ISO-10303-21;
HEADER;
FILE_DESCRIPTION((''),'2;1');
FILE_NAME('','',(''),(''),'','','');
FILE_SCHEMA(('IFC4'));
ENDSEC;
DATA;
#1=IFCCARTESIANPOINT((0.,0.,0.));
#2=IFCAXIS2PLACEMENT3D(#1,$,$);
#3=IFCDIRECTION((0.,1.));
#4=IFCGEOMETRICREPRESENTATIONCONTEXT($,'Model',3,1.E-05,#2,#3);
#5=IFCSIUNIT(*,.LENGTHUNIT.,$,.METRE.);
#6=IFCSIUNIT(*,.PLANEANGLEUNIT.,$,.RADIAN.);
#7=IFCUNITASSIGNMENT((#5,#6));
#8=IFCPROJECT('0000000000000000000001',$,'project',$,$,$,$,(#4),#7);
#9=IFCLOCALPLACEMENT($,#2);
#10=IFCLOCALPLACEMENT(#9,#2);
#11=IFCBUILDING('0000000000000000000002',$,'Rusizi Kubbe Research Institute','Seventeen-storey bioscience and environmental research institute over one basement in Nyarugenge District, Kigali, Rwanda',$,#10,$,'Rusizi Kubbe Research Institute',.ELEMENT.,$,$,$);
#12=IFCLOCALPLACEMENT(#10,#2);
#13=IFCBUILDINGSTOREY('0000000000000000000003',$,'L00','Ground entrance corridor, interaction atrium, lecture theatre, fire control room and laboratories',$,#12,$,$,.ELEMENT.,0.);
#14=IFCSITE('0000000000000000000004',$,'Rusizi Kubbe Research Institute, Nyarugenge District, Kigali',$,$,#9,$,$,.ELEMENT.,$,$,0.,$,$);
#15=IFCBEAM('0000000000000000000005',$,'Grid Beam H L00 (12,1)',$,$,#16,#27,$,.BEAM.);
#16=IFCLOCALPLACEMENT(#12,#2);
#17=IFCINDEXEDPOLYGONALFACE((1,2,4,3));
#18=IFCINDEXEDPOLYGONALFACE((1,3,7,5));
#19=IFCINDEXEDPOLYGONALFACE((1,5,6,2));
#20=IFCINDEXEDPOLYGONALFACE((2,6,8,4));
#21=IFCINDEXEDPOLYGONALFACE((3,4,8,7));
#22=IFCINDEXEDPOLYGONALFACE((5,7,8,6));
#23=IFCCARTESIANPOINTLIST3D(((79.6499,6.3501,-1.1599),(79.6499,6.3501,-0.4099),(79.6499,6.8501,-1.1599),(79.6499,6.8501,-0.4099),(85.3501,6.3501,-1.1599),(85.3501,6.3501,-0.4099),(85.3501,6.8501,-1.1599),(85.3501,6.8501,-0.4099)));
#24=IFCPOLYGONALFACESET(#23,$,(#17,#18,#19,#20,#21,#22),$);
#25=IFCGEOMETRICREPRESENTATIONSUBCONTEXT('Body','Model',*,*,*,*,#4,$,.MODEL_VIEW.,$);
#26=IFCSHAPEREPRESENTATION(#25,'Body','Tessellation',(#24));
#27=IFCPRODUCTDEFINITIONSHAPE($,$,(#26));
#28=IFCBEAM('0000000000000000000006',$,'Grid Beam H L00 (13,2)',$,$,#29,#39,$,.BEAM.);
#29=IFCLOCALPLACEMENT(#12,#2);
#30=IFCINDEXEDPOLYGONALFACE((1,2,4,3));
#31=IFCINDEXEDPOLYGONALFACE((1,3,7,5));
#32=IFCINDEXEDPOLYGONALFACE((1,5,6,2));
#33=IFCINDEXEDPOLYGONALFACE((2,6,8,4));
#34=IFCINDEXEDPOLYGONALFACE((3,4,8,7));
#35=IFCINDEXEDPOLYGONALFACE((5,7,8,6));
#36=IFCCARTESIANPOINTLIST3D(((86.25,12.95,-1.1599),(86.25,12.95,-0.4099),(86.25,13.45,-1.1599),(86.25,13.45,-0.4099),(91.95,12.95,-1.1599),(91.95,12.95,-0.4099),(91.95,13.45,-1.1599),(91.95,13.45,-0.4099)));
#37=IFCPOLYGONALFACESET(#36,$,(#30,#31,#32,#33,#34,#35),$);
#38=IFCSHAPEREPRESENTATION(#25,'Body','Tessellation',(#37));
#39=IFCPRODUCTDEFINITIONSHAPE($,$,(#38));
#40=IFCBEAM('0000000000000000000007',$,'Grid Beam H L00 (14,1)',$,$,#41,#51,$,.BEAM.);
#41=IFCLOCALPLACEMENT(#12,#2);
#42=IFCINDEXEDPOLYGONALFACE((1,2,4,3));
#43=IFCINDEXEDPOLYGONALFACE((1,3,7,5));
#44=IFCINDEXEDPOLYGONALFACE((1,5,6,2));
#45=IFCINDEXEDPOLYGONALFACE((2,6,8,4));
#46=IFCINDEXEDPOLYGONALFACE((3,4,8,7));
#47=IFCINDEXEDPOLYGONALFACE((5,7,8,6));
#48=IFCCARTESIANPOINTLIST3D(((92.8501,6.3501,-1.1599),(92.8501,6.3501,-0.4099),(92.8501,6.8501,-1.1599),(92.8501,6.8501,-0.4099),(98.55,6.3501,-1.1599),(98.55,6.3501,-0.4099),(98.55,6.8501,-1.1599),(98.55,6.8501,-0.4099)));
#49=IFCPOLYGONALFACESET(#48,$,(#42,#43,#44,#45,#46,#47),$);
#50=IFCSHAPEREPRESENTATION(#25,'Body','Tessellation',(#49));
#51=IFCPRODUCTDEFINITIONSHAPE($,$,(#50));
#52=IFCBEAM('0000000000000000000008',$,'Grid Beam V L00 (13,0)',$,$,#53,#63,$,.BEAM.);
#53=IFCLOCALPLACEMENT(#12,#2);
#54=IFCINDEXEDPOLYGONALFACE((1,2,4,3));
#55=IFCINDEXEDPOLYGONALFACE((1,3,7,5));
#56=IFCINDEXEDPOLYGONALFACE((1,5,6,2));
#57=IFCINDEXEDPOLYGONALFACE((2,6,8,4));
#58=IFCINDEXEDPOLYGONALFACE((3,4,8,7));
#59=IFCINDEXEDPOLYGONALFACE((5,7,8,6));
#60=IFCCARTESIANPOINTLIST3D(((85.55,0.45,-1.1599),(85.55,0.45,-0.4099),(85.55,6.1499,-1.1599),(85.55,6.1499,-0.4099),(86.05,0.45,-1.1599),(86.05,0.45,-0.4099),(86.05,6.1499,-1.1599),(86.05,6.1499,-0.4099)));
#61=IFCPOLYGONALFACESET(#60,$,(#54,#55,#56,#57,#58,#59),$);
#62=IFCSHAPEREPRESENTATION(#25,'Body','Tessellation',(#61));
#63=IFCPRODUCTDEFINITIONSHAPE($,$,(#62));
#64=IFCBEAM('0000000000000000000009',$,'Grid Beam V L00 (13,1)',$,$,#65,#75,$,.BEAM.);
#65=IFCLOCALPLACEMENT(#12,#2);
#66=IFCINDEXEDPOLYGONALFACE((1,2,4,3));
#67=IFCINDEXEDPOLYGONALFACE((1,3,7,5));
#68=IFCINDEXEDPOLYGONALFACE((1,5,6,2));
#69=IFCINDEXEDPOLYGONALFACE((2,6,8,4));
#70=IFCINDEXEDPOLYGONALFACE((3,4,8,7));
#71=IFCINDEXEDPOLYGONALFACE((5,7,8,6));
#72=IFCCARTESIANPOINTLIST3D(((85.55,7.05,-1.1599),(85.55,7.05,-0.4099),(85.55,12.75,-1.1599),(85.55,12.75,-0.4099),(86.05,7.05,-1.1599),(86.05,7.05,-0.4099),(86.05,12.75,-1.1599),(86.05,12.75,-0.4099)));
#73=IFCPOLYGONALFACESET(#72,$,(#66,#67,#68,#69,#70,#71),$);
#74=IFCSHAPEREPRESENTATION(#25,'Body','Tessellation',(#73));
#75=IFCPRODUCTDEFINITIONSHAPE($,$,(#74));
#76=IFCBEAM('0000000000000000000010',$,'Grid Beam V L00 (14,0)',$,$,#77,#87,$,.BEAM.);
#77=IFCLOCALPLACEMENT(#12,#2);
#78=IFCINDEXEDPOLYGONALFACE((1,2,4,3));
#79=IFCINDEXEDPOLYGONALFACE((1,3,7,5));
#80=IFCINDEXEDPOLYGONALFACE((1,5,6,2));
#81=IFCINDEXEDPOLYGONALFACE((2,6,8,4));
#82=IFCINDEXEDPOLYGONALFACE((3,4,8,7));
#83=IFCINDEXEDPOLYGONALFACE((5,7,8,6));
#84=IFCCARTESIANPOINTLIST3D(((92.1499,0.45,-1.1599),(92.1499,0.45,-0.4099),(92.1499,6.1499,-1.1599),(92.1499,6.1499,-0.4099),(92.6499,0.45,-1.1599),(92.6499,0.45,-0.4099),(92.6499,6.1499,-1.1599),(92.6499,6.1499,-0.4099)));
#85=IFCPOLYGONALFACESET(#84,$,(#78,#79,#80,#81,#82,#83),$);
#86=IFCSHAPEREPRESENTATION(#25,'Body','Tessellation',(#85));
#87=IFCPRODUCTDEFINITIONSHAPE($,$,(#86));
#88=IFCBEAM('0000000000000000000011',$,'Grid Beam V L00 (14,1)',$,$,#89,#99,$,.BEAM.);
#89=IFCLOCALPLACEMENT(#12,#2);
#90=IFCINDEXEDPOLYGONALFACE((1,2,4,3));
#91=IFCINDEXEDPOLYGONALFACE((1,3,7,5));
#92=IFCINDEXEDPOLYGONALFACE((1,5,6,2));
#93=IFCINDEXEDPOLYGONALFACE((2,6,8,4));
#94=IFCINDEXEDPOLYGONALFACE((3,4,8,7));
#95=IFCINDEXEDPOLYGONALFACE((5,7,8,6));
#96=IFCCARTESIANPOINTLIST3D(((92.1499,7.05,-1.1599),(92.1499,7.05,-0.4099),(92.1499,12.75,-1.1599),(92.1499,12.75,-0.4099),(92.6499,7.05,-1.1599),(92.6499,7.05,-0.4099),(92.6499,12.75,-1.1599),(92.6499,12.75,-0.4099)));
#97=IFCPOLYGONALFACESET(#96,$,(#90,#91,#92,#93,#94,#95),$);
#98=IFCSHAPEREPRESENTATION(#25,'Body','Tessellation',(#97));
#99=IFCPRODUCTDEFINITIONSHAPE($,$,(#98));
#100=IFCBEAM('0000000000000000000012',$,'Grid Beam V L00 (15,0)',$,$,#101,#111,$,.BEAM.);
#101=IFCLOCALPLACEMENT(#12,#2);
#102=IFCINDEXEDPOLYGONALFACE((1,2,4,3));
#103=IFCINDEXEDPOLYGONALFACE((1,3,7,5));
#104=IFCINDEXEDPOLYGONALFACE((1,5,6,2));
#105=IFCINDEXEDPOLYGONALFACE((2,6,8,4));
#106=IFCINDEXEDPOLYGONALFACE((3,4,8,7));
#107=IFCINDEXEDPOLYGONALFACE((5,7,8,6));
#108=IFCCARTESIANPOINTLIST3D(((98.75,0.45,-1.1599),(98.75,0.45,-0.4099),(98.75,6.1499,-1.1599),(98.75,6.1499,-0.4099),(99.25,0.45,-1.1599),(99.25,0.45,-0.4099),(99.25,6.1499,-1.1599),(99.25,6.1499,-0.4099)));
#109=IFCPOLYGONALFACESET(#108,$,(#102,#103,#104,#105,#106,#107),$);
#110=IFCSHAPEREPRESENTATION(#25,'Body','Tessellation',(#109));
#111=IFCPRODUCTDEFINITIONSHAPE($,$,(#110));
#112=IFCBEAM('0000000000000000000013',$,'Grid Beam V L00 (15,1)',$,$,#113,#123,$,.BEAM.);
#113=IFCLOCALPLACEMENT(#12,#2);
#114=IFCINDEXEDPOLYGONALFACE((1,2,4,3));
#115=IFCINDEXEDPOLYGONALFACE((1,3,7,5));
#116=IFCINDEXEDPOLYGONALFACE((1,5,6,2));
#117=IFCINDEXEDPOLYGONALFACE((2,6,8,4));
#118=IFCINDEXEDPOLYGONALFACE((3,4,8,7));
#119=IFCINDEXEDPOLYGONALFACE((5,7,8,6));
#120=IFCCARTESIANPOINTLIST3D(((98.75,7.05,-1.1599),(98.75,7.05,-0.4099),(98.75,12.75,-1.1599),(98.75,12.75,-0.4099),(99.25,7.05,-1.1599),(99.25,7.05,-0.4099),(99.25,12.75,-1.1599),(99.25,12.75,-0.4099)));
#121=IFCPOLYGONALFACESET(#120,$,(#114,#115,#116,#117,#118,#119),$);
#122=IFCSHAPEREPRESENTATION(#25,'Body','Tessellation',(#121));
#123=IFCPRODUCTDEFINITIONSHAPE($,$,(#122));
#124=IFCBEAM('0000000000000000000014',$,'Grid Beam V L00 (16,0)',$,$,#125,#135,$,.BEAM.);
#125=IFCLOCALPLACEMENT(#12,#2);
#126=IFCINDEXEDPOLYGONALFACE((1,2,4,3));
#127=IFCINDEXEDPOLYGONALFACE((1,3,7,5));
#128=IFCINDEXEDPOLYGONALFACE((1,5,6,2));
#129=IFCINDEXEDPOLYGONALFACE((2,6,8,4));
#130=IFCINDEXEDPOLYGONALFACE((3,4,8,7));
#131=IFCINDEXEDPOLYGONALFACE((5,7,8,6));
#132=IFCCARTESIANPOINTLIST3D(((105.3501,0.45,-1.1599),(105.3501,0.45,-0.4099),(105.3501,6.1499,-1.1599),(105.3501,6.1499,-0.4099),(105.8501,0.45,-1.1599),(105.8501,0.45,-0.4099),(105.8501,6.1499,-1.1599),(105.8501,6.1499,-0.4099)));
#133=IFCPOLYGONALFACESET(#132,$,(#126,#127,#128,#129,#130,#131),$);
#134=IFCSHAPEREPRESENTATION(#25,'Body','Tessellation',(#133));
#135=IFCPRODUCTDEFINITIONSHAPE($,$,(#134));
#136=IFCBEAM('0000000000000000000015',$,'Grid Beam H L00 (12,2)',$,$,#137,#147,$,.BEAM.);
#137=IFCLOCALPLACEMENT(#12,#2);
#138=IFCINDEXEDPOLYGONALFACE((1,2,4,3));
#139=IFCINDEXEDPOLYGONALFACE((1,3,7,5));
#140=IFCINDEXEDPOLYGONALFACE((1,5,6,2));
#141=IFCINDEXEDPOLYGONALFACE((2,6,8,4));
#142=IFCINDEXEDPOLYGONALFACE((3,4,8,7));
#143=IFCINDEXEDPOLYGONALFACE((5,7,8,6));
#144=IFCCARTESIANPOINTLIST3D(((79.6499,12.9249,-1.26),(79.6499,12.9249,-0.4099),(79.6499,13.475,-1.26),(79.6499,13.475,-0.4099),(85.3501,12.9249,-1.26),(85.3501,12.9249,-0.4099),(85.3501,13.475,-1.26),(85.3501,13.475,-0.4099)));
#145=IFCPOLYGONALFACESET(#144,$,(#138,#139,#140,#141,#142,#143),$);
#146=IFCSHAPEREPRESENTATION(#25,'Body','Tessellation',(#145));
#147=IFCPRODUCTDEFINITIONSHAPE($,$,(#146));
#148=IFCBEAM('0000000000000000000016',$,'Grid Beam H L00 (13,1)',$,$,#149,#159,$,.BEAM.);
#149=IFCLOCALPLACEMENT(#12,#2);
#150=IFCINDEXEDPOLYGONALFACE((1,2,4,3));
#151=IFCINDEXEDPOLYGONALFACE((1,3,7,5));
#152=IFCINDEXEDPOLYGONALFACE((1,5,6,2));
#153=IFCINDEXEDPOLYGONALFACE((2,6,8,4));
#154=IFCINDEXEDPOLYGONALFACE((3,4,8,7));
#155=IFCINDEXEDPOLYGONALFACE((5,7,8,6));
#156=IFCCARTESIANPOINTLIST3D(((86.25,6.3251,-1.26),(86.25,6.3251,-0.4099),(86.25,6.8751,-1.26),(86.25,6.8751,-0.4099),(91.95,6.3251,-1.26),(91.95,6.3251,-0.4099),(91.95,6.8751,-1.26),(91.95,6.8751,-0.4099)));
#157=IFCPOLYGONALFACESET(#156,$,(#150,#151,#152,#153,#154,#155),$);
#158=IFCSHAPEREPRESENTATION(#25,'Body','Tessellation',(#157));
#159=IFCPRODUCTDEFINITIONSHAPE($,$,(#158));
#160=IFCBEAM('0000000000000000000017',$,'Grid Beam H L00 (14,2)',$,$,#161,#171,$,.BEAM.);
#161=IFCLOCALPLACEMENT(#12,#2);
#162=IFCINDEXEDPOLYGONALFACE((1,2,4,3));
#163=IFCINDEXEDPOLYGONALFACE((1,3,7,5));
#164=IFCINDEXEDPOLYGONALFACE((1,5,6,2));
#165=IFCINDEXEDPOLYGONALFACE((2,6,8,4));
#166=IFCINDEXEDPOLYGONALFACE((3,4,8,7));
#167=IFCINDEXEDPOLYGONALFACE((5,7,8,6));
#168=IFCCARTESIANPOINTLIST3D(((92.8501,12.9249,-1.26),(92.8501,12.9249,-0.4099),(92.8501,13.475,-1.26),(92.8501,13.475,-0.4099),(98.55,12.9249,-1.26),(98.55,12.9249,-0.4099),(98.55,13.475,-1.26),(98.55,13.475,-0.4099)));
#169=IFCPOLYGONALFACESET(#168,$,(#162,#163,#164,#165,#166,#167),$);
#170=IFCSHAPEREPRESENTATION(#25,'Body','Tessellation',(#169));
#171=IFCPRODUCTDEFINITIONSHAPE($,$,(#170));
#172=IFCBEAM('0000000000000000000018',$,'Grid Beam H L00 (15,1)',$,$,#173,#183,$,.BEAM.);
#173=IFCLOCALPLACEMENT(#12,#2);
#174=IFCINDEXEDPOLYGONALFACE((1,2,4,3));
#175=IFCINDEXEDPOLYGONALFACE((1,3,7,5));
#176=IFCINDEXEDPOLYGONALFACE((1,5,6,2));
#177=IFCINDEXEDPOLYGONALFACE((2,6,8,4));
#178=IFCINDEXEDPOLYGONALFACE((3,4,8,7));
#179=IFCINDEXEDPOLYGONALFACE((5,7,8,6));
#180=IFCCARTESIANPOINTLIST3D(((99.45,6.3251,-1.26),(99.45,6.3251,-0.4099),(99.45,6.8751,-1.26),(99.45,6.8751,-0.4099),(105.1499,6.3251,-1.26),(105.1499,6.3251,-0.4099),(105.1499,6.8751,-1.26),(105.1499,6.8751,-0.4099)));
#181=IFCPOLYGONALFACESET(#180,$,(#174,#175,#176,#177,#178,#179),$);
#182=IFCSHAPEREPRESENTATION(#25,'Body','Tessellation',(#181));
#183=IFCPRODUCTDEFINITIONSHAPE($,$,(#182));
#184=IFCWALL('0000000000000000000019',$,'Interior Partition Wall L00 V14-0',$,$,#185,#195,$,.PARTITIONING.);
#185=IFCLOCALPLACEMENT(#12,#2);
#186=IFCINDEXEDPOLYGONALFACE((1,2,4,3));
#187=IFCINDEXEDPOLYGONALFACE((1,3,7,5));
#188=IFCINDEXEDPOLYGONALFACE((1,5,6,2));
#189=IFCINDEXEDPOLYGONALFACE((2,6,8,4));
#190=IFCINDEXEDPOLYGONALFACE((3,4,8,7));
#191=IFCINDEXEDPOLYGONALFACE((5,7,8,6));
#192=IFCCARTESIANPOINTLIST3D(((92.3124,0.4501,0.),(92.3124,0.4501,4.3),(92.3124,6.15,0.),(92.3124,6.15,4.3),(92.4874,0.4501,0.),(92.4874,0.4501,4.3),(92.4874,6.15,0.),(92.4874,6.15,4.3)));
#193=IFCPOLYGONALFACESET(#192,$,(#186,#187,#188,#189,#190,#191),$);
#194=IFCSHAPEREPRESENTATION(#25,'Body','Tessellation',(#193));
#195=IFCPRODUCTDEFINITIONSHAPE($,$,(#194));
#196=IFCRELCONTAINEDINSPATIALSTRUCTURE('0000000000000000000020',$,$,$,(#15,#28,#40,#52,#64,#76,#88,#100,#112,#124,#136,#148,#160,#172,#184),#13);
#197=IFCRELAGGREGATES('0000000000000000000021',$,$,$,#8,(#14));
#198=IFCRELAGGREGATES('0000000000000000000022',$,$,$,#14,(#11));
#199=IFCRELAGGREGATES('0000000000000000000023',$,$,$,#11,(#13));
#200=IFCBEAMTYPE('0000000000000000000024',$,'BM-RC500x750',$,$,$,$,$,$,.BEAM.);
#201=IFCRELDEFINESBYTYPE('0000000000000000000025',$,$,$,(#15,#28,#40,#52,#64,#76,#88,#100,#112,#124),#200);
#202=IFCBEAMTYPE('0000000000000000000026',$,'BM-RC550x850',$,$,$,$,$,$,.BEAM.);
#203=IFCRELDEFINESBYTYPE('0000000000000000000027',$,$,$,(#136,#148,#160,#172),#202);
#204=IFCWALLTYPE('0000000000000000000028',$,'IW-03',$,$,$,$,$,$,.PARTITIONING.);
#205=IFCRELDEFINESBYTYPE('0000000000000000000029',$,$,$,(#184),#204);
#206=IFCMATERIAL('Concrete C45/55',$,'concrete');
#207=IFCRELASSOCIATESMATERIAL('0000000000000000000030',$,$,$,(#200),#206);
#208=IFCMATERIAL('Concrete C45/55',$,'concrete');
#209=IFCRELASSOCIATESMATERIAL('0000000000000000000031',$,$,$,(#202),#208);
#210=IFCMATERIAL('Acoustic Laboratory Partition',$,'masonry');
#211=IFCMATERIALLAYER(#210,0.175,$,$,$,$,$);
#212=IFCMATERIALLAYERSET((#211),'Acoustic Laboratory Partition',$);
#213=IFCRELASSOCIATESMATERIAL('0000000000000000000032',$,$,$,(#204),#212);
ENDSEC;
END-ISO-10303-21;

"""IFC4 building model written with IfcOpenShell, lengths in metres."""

from ifc_helpers import new_model, si_unit, direction, frame, frame_2d, origin, origin_2d, place, context, subcontext, project, spatial, rectangle, extrude, material, layer, layer_set, material_profile, profile_set, type_object, element, save


model = new_model("IFC4")

# Units and contexts
model_context = context("Model", 3, precision=1e-05, world=origin(), true_north=direction((0.0, 1.0)))
body_context = subcontext(model_context, "Body", "Model", "MODEL_VIEW")
ifc_project = project(units=[si_unit("LENGTHUNIT", "METRE"), si_unit("PLANEANGLEUNIT", "RADIAN")], contexts=[model_context])

# Site, building, storey
site_placement = place(None, origin())
site = spatial("IfcSite", under=ifc_project, at=site_placement, Name="Rusizi Kubbe Research Institute, Nyarugenge District, Kigali", CompositionType="ELEMENT", RefElevation=0.0)
building_placement = place(site_placement, origin())
building = spatial("IfcBuilding", under=site, at=building_placement, Name="Rusizi Kubbe Research Institute", Description="Seventeen-storey bioscience and environmental research institute over one basement in Nyarugenge District, Kigali, Rwanda", LongName="Rusizi Kubbe Research Institute", CompositionType="ELEMENT")
storey_placement = place(building_placement, origin())
storey = spatial("IfcBuildingStorey", under=building, at=storey_placement, Name="L00", Description="Ground entrance corridor, interaction atrium, lecture theatre, fire control room and laboratories", CompositionType="ELEMENT", Elevation=0.0)

# Beams
ifc_material_1 = material(Name="Concrete C45/55", Category="concrete")
ifc_material_profile_1 = material_profile(ifc_material_1, rectangle(XDim=0.5, YDim=0.75, at=origin_2d()), Name="RC500x750B")
ifc_profile_set_1 = profile_set([ifc_material_profile_1], Name="Concrete C45/55")
beam_type_1 = type_object("IfcBeamType", Name="BM-RC500x750", PredefinedType="BEAM", material=ifc_profile_set_1)
beam_1_placement = place(storey_placement, frame((79.6499, 6.6001, -0.7849), z_axis=(1.0, 0.0, 0.0), x_axis=(0.0, 1.0, 0.0)))
element("IfcBeam", 1, at=beam_1_placement, inside=storey, type_object=beam_type_1, Name="Grid Beam H L00 (12,1)", PredefinedType="BEAM", context=body_context, shape_type="SweptSolid", body=[
    extrude(rectangle(XDim=0.5, YDim=0.75, at=origin_2d()), origin(), (0.0, 0.0, 1.0), 5.7002),
])
for number, where, z_axis, x_axis, name in (
    (2, (86.25, 13.2, -0.7849), (1.0, 0.0, 0.0), (0.0, 1.0, 0.0), "Grid Beam H L00 (13,2)"),
    (3, (92.8501, 6.6001, -0.7849), (1.0, 0.0, 0.0), (0.0, 1.0, 0.0), "Grid Beam H L00 (14,1)"),
    (4, (85.8, 0.45, -0.7849), (0.0, 1.0, 0.0), (-1.0, 0.0, 0.0), "Grid Beam V L00 (13,0)"),
    (5, (85.8, 7.05, -0.7849), (0.0, 1.0, 0.0), (-1.0, 0.0, 0.0), "Grid Beam V L00 (13,1)"),
    (6, (92.3999, 0.45, -0.7849), (0.0, 1.0, 0.0), (-1.0, 0.0, 0.0), "Grid Beam V L00 (14,0)"),
    (7, (92.3999, 7.05, -0.7849), (0.0, 1.0, 0.0), (-1.0, 0.0, 0.0), "Grid Beam V L00 (14,1)"),
    (8, (99.0, 0.45, -0.7849), (0.0, 1.0, 0.0), (-1.0, 0.0, 0.0), "Grid Beam V L00 (15,0)"),
    (9, (99.0, 7.05, -0.7849), (0.0, 1.0, 0.0), (-1.0, 0.0, 0.0), "Grid Beam V L00 (15,1)"),
    (10, (105.6001, 0.45, -0.7849), (0.0, 1.0, 0.0), (-1.0, 0.0, 0.0), "Grid Beam V L00 (16,0)"),
):
    element("IfcBeam", number, at=place(storey_placement, frame(where, z_axis=z_axis, x_axis=x_axis)), inside=storey, type_object=beam_type_1, Name=name, PredefinedType="BEAM", context=body_context, shape_type="SweptSolid", body=[
        extrude(rectangle(XDim=0.5, YDim=0.75, at=origin_2d()), origin(), (0.0, 0.0, 1.0), 5.7),
    ])
ifc_material_2 = material(Name="Concrete C45/55", Category="concrete")
ifc_material_profile_2 = material_profile(ifc_material_2, rectangle(XDim=0.55, YDim=0.8501, at=origin_2d()), Name="RC550x850")
ifc_profile_set_2 = profile_set([ifc_material_profile_2], Name="Concrete C45/55")
beam_type_2 = type_object("IfcBeamType", Name="BM-RC550x850", PredefinedType="BEAM", material=ifc_profile_set_2)
beam_2_placement = place(storey_placement, frame((79.6499, 13.2, -0.835), z_axis=(1.0, 0.0, 0.0), x_axis=(0.0, 1.0, 0.0)))
element("IfcBeam", 11, at=beam_2_placement, inside=storey, type_object=beam_type_2, Name="Grid Beam H L00 (12,2)", PredefinedType="BEAM", context=body_context, shape_type="SweptSolid", body=[
    extrude(rectangle(XDim=0.55, YDim=0.8501, at=origin_2d()), origin(), (0.0, 0.0, 1.0), 5.7002),
])
for number, where, z_axis, x_axis, name in (
    (12, (86.25, 6.6001, -0.835), (1.0, 0.0, 0.0), (0.0, 1.0, 0.0), "Grid Beam H L00 (13,1)"),
    (13, (92.8501, 13.2, -0.835), (1.0, 0.0, 0.0), (0.0, 1.0, 0.0), "Grid Beam H L00 (14,2)"),
    (14, (99.45, 6.6001, -0.835), (1.0, 0.0, 0.0), (0.0, 1.0, 0.0), "Grid Beam H L00 (15,1)"),
):
    element("IfcBeam", number, at=place(storey_placement, frame(where, z_axis=z_axis, x_axis=x_axis)), inside=storey, type_object=beam_type_2, Name=name, PredefinedType="BEAM", context=body_context, shape_type="SweptSolid", body=[
        extrude(rectangle(XDim=0.55, YDim=0.8501, at=origin_2d()), origin(), (0.0, 0.0, 1.0), 5.7),
    ])

# Wall
ifc_material_3 = material(Name="Acoustic Laboratory Partition", Category="masonry")
ifc_layer_1 = layer(ifc_material_3, 0.175)
ifc_layer_set_1 = layer_set([ifc_layer_1], Name="Acoustic Laboratory Partition")
wall_type_1 = type_object("IfcWallType", Name="IW-03", PredefinedType="PARTITIONING", material=ifc_layer_set_1)
wall_1_placement = place(storey_placement, frame((92.3999, 0.45, 0.0), z_axis=(0.0, 0.0, 1.0), x_axis=(0.0, 1.0, 0.0)))
element("IfcWall", 15, at=wall_1_placement, inside=storey, type_object=wall_type_1, Name="Interior Partition Wall L00 V14-0", PredefinedType="PARTITIONING", context=body_context, shape_type="SweptSolid", body=[
    extrude(rectangle(XDim=5.7, YDim=0.175, at=frame_2d((2.8501, 0.0))), origin(), (0.0, 0.0, 1.0), 4.3),
])

save(model, "model.ifc")
